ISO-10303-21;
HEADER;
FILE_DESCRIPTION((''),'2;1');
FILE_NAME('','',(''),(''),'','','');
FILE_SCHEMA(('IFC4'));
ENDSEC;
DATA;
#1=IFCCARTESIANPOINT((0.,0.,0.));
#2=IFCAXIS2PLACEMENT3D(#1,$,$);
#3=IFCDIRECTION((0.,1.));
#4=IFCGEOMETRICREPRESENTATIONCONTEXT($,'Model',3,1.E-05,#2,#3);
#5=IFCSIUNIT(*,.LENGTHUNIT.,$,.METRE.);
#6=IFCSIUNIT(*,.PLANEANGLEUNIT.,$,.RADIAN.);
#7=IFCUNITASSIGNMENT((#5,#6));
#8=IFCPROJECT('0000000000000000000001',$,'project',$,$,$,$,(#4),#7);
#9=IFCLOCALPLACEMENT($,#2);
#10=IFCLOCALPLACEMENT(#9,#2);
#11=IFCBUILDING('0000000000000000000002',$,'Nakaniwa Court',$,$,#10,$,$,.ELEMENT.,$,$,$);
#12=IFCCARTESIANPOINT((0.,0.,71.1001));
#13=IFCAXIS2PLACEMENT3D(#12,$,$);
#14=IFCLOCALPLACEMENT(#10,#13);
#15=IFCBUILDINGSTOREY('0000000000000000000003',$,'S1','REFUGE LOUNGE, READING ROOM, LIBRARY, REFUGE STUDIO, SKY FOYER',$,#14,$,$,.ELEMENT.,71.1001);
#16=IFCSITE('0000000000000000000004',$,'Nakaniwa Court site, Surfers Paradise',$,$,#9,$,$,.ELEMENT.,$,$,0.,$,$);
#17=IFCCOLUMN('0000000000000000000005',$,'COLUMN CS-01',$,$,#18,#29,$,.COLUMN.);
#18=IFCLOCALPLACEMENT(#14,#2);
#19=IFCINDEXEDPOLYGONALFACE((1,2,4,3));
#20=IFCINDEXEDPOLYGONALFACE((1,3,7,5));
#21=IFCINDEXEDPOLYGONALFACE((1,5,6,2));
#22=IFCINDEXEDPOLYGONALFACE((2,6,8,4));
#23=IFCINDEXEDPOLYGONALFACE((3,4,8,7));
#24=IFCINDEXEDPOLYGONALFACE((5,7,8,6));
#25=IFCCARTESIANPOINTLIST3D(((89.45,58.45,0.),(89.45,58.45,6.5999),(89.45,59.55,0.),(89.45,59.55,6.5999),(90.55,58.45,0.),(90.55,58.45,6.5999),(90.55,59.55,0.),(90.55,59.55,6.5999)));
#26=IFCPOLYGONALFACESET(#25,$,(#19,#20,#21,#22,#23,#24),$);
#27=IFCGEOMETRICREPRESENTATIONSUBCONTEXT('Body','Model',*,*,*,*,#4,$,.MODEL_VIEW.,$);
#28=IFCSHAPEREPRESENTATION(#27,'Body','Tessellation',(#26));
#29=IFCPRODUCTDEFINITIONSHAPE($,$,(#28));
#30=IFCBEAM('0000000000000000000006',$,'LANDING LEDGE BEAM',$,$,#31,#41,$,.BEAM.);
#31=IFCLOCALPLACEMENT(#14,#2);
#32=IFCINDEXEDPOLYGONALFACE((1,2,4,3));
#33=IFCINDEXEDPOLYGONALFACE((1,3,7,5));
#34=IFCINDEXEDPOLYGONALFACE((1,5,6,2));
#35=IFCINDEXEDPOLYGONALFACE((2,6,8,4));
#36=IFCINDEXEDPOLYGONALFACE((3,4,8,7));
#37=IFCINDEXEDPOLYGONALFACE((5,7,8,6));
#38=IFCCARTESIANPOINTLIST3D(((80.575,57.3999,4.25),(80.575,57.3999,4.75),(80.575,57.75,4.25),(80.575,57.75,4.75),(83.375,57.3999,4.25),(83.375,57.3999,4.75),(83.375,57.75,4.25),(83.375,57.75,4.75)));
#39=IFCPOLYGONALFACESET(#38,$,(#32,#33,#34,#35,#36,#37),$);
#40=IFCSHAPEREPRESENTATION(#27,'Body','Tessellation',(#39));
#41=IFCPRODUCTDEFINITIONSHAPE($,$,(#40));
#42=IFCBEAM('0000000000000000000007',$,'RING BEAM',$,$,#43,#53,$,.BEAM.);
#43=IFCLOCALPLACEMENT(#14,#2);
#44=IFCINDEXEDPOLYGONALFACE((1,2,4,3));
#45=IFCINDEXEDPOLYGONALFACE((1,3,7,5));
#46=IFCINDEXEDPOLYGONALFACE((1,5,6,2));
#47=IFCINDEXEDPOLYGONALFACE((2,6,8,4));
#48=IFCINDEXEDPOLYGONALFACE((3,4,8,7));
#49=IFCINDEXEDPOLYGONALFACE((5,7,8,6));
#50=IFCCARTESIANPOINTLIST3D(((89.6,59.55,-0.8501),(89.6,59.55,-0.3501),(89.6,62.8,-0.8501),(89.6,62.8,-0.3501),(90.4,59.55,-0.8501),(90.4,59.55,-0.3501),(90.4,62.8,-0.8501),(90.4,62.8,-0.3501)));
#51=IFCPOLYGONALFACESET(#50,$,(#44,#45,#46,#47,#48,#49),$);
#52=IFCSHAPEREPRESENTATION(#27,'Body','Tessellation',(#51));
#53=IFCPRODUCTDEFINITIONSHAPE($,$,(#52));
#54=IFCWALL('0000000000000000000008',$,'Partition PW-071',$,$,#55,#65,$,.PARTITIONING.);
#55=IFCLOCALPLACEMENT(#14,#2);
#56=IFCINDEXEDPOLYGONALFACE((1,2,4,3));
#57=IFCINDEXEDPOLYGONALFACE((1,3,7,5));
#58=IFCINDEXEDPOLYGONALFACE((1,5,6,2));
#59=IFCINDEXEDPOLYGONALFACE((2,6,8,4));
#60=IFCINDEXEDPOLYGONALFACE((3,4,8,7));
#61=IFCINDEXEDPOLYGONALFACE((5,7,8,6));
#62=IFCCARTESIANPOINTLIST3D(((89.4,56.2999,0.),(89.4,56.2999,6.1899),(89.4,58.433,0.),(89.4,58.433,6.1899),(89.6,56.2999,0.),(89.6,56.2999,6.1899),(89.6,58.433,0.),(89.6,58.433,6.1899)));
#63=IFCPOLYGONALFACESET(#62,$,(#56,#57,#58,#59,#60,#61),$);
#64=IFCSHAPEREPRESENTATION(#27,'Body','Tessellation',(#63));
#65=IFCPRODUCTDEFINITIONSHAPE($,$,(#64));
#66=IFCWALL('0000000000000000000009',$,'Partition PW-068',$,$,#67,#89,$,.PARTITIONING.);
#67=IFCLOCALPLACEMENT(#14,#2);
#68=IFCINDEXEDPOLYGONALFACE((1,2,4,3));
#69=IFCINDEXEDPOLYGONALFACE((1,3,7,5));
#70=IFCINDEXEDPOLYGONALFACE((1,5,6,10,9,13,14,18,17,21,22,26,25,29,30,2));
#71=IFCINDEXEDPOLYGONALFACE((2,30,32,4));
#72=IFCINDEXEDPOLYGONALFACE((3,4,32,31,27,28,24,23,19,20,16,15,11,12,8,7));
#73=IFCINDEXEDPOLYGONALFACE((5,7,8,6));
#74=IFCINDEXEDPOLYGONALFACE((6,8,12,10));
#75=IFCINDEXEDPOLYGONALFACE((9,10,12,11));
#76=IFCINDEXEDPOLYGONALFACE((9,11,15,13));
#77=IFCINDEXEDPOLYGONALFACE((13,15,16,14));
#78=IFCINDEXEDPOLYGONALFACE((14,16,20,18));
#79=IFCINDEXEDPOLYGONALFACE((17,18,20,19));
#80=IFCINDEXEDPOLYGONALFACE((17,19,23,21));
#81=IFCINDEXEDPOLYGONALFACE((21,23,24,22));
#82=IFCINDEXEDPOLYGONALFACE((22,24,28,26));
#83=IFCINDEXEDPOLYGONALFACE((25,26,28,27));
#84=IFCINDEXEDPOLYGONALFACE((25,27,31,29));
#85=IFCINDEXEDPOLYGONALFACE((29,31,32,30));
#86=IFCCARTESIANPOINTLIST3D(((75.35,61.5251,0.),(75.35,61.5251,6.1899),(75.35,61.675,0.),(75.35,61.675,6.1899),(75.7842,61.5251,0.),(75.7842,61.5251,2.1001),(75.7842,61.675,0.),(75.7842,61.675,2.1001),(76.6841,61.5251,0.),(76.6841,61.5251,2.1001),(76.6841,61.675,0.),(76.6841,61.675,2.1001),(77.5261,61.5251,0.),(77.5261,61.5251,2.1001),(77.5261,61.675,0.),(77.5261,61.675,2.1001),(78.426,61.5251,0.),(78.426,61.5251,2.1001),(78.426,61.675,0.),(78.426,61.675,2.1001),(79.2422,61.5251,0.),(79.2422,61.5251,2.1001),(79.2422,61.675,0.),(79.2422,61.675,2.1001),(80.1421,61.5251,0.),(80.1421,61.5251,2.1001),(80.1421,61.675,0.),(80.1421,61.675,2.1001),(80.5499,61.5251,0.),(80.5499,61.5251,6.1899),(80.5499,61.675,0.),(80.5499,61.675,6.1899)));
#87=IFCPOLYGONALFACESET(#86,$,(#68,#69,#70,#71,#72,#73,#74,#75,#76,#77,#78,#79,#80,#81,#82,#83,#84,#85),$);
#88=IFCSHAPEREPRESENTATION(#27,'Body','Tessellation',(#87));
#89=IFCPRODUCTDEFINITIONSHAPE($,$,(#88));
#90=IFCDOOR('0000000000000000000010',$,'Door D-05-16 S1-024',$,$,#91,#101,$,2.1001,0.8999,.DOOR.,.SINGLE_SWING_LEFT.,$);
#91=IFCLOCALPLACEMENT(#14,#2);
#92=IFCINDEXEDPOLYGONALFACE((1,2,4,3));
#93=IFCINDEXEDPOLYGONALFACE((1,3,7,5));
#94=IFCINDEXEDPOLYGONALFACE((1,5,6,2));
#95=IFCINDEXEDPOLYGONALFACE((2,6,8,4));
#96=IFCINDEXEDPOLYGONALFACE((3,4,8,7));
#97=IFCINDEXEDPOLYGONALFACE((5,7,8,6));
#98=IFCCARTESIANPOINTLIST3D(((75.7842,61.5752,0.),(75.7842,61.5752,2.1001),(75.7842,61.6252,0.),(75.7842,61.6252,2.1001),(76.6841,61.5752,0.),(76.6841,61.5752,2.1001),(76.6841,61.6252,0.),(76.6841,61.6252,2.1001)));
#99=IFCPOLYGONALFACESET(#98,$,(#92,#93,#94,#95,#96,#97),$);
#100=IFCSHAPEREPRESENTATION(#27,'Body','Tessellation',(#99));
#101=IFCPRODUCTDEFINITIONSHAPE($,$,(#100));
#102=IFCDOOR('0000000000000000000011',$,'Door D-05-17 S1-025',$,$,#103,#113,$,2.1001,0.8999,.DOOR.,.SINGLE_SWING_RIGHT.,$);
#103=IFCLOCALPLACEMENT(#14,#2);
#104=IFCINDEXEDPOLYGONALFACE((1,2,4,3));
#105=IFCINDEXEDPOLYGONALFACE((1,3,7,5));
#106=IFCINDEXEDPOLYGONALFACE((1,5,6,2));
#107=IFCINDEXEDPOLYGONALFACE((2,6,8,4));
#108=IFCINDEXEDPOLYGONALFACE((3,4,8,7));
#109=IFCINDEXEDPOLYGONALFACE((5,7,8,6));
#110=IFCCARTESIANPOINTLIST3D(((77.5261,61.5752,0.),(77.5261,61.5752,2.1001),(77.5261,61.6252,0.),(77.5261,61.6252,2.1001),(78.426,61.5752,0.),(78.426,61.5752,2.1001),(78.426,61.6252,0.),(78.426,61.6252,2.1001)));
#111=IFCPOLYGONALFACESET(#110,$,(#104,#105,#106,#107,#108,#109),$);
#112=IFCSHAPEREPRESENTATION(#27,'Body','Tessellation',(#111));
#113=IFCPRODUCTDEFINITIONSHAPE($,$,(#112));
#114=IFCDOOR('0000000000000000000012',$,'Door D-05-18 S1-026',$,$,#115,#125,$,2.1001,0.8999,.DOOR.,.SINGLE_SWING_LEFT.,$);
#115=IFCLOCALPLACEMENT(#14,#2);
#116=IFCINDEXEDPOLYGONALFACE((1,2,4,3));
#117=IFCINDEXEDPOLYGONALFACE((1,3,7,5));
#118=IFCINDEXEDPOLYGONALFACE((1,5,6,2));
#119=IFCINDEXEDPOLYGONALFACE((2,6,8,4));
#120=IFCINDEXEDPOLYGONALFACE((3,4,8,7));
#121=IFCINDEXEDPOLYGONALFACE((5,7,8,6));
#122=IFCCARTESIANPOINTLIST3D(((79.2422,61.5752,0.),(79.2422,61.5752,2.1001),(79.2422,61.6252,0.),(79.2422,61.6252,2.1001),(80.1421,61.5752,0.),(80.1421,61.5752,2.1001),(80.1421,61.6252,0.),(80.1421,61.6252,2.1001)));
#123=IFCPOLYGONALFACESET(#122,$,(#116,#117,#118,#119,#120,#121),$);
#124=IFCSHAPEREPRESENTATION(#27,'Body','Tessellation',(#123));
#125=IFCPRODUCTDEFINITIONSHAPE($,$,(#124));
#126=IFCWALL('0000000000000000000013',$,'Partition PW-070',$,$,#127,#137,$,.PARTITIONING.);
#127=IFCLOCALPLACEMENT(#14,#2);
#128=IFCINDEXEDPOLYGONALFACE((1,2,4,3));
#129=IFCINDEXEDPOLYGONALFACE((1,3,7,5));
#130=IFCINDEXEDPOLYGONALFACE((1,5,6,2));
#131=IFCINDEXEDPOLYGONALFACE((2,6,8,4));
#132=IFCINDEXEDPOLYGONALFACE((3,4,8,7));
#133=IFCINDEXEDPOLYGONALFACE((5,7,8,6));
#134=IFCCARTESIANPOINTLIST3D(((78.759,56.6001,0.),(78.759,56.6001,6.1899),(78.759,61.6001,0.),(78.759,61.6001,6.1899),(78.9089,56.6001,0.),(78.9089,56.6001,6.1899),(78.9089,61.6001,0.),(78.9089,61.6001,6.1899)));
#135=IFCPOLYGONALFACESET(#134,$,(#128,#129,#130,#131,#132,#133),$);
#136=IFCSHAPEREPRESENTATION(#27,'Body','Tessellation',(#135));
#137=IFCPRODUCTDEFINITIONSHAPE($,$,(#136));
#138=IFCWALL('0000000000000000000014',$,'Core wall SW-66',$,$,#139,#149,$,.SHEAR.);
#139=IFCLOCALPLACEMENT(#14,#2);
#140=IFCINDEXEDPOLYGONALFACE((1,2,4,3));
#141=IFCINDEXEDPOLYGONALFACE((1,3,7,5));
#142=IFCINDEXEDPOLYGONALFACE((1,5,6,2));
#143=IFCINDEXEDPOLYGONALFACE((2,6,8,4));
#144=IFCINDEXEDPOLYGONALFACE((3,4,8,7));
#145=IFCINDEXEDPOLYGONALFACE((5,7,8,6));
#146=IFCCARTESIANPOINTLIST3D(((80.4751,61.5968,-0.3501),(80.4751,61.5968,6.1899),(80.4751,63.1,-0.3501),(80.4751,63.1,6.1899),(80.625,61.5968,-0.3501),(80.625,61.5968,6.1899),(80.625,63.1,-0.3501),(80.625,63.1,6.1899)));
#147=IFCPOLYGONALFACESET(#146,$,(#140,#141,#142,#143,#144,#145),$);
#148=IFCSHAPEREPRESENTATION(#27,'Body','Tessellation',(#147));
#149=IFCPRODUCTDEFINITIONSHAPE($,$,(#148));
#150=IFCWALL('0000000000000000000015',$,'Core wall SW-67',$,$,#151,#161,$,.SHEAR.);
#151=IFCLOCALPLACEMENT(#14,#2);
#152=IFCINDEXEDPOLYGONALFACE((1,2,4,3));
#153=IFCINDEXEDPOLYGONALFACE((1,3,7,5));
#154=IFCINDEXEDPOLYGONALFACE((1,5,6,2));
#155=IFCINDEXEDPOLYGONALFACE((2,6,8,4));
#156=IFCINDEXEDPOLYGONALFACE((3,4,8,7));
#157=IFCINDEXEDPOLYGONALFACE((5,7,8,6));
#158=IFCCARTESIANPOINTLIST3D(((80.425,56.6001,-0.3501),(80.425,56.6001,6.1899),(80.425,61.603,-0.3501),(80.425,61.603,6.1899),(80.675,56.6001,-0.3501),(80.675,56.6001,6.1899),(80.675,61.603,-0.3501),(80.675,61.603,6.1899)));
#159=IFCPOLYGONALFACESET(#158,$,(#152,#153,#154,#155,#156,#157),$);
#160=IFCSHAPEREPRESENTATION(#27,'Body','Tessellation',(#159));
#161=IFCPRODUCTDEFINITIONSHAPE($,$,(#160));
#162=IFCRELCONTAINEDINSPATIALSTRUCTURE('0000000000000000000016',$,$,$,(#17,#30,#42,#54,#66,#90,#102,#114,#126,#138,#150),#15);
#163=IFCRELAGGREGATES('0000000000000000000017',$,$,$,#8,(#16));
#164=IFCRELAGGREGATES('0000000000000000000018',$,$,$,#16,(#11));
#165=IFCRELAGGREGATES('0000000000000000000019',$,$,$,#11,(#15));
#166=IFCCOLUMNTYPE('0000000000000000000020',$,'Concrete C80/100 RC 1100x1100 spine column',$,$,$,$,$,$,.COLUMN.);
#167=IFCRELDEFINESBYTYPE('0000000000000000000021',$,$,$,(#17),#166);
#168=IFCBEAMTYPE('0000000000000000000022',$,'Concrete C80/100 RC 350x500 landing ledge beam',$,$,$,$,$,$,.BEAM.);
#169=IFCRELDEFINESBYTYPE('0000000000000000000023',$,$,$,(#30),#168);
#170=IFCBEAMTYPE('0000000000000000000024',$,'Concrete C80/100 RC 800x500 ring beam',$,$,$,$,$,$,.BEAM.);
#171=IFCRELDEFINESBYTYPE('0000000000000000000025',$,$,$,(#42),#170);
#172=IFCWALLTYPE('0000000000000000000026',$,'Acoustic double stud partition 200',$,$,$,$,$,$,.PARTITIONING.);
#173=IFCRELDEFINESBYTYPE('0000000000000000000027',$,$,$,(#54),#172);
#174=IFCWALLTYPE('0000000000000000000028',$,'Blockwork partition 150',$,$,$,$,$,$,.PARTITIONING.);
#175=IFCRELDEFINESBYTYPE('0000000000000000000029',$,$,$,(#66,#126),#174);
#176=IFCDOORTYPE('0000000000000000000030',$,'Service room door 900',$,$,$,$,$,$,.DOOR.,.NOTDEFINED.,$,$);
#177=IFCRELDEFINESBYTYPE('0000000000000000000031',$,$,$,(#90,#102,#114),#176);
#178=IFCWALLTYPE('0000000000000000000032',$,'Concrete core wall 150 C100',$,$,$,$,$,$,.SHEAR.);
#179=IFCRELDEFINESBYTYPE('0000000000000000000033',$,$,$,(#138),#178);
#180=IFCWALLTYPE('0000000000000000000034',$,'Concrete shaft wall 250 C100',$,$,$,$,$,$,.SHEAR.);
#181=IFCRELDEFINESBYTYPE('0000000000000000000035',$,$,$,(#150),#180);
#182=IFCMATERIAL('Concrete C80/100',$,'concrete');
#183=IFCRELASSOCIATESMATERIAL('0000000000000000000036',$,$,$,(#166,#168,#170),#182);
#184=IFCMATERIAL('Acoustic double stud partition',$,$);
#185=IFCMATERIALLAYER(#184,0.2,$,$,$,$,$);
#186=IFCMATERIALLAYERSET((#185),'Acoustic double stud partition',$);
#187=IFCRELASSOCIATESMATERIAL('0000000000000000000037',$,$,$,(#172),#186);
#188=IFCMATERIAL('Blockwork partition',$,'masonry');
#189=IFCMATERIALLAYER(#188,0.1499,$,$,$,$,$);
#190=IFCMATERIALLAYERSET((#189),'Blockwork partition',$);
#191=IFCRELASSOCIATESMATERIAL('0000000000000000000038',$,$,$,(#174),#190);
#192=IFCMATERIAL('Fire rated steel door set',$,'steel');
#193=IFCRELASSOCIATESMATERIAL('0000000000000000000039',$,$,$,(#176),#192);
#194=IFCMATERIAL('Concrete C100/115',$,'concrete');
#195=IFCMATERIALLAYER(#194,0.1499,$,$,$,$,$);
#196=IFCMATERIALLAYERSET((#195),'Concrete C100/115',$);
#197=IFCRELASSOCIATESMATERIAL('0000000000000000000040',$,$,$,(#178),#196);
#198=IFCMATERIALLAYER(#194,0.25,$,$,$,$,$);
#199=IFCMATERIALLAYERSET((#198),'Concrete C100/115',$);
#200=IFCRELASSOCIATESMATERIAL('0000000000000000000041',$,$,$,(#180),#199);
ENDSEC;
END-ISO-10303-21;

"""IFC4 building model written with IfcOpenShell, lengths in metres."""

from ifc_helpers import new_model, si_unit, direction, frame, frame_2d, origin, origin_2d, place, context, subcontext, project, spatial, rectangle, extrude, material, layer, layer_set, material_profile, profile_set, type_object, element, fill, save


model = new_model("IFC4")

# Units and contexts
model_context = context("Model", 3, precision=1e-05, world=origin(), true_north=direction((0.0, 1.0)))
body_context = subcontext(model_context, "Body", "Model", "MODEL_VIEW")
ifc_project = project(units=[si_unit("LENGTHUNIT", "METRE"), si_unit("PLANEANGLEUNIT", "RADIAN")], contexts=[model_context])

# Site, building, storey
site_placement = place(None, origin())
site = spatial("IfcSite", under=ifc_project, at=site_placement, Name="Nakaniwa Court site, Surfers Paradise", CompositionType="ELEMENT", RefElevation=0.0)
building_placement = place(site_placement, origin())
building = spatial("IfcBuilding", under=site, at=building_placement, Name="Nakaniwa Court", CompositionType="ELEMENT")
storey_placement = place(building_placement, frame((0.0, 0.0, 71.1001)))
storey = spatial("IfcBuildingStorey", under=building, at=storey_placement, Name="S1", Description="REFUGE LOUNGE, READING ROOM, LIBRARY, REFUGE STUDIO, SKY FOYER", CompositionType="ELEMENT", Elevation=71.1001)

# Column
ifc_material_1 = material(Name="Concrete C80/100", Category="concrete")
ifc_material_profile_1 = material_profile(ifc_material_1, rectangle(XDim=1.1001, YDim=1.1001, at=origin_2d()), Name="Concrete C80/100 RC 1100x1100 spine column")
ifc_profile_set_1 = profile_set([ifc_material_profile_1], Name="Concrete C80/100")
column_type = type_object("IfcColumnType", Name="Concrete C80/100 RC 1100x1100 spine column", PredefinedType="COLUMN", material=ifc_profile_set_1)
column_placement = place(storey_placement, frame((90.0, 59.0, 0.0), z_axis=(0.0, 0.0, 1.0), x_axis=(0.0, 1.0, 0.0)))
element("IfcColumn", 1, at=column_placement, inside=storey, type_object=column_type, Name="COLUMN CS-01", PredefinedType="COLUMN", context=body_context, shape_type="SweptSolid", body=[
    extrude(rectangle(XDim=1.1001, YDim=1.1001, at=origin_2d()), origin(), (0.0, 0.0, 1.0), 6.5999),
])

# Beams
ifc_material_profile_2 = material_profile(ifc_material_1, rectangle(XDim=0.3501, YDim=0.5, at=origin_2d()), Name="Concrete C80/100 RC 350x500 landing ledge beam")
ifc_profile_set_2 = profile_set([ifc_material_profile_2], Name="Concrete C80/100")
beam_type_1 = type_object("IfcBeamType", Name="Concrete C80/100 RC 350x500 landing ledge beam", PredefinedType="BEAM", material=ifc_profile_set_2)
beam_1_placement = place(storey_placement, frame((80.575, 57.575, 4.5), z_axis=(1.0, 0.0, 0.0), x_axis=(0.0, 1.0, 0.0)))
element("IfcBeam", 2, at=beam_1_placement, inside=storey, type_object=beam_type_1, Name="LANDING LEDGE BEAM", PredefinedType="BEAM", context=body_context, shape_type="SweptSolid", body=[
    extrude(rectangle(XDim=0.3501, YDim=0.5, at=origin_2d()), origin(), (0.0, 0.0, 1.0), 2.8),
])
ifc_material_profile_3 = material_profile(ifc_material_1, rectangle(XDim=0.8, YDim=0.5, at=origin_2d()), Name="Concrete C80/100 RC 800x500 ring beam")
ifc_profile_set_3 = profile_set([ifc_material_profile_3], Name="Concrete C80/100")
beam_type_2 = type_object("IfcBeamType", Name="Concrete C80/100 RC 800x500 ring beam", PredefinedType="BEAM", material=ifc_profile_set_3)
beam_2_placement = place(storey_placement, frame((90.0, 59.55, -0.6001), z_axis=(0.0, 1.0, 0.0), x_axis=(-1.0, 0.0, 0.0)))
element("IfcBeam", 3, at=beam_2_placement, inside=storey, type_object=beam_type_2, Name="RING BEAM", PredefinedType="BEAM", context=body_context, shape_type="SweptSolid", body=[
    extrude(rectangle(XDim=0.8, YDim=0.5, at=origin_2d()), origin(), (0.0, 0.0, 1.0), 3.25),
])

# Wall
ifc_material_2 = material(Name="Acoustic double stud partition")
ifc_layer_1 = layer(ifc_material_2, 0.2)
ifc_layer_set_1 = layer_set([ifc_layer_1], Name="Acoustic double stud partition")
wall_type_1 = type_object("IfcWallType", Name="Acoustic double stud partition 200", PredefinedType="PARTITIONING", material=ifc_layer_set_1)
wall_1_placement = place(storey_placement, frame((89.5, 56.3, 0.0), z_axis=(0.0, 0.0, 1.0), x_axis=(0.0, 1.0, 0.0)))
element("IfcWall", 4, at=wall_1_placement, inside=storey, type_object=wall_type_1, Name="Partition PW-071", PredefinedType="PARTITIONING", context=body_context, shape_type="SweptSolid", body=[
    extrude(rectangle(XDim=2.1331, YDim=0.2, at=frame_2d((1.0664, 0.0))), origin(), (0.0, 0.0, 1.0), 6.1899),
])

# Wall, openings, doors
ifc_material_3 = material(Name="Blockwork partition", Category="masonry")
ifc_layer_2 = layer(ifc_material_3, 0.1499)
ifc_layer_set_2 = layer_set([ifc_layer_2], Name="Blockwork partition")
wall_type_2 = type_object("IfcWallType", Name="Blockwork partition 150", PredefinedType="PARTITIONING", material=ifc_layer_set_2)
wall_2_placement = place(storey_placement, frame((80.55, 61.6001, 0.0), z_axis=(0.0, 0.0, 1.0), x_axis=(-1.0, 0.0, 0.0)))
wall_2 = element("IfcWall", 5, at=wall_2_placement, inside=storey, type_object=wall_type_2, Name="Partition PW-068", PredefinedType="PARTITIONING", context=body_context, shape_type="SweptSolid", body=[
    extrude(rectangle(XDim=5.2, YDim=0.1499, at=frame_2d((2.6001, 0.0))), origin(), (0.0, 0.0, 1.0), 6.1899),
])
opening_1_placement = place(wall_2_placement, frame((3.866, 0.0, 0.0)))
opening_1 = element("IfcOpeningElement", 6, at=opening_1_placement, cuts=wall_2, PredefinedType="OPENING", context=body_context, shape_type="SweptSolid", body=[
    extrude(rectangle(XDim=0.8999, YDim=2.1001, at=frame_2d((0.45, 1.05))), frame((0.0, 0.085, 0.0), z_axis=(0.0, -1.0, 0.0), x_axis=(1.0, 0.0, 0.0)), (0.0, 0.0, 1.0), 0.1699),
])
opening_2_placement = place(wall_2_placement, frame((2.124, 0.0, 0.0)))
opening_2 = element("IfcOpeningElement", 7, at=opening_2_placement, cuts=wall_2, PredefinedType="OPENING", context=body_context, shape_type="SweptSolid", body=[
    extrude(rectangle(XDim=0.8999, YDim=2.1001, at=frame_2d((0.45, 1.05))), frame((0.0, 0.085, 0.0), z_axis=(0.0, -1.0, 0.0), x_axis=(1.0, 0.0, 0.0)), (0.0, 0.0, 1.0), 0.1699),
])
opening_3_placement = place(wall_2_placement, frame((0.408, 0.0, 0.0)))
opening_3 = element("IfcOpeningElement", 8, at=opening_3_placement, cuts=wall_2, PredefinedType="OPENING", context=body_context, shape_type="SweptSolid", body=[
    extrude(rectangle(XDim=0.8999, YDim=2.1001, at=frame_2d((0.45, 1.05))), frame((0.0, 0.085, 0.0), z_axis=(0.0, -1.0, 0.0), x_axis=(1.0, 0.0, 0.0)), (0.0, 0.0, 1.0), 0.1699),
])
ifc_material_4 = material(Name="Fire rated steel door set", Category="steel")
door_type = type_object("IfcDoorType", Name="Service room door 900", OperationType="NOTDEFINED", PredefinedType="DOOR", material=ifc_material_4)
door_1_placement = place(opening_1_placement, origin())
door_1 = element("IfcDoor", 9, at=door_1_placement, inside=storey, type_object=door_type, Name="Door D-05-16 S1-024", OperationType="SINGLE_SWING_LEFT", OverallHeight=2.1001, OverallWidth=0.8999, PredefinedType="DOOR", context=body_context, shape_type="SweptSolid", body=[
    extrude(rectangle(XDim=0.8999, YDim=2.1001, at=frame_2d((0.45, 1.05))), frame((0.0, 0.0249, 0.0), z_axis=(0.0, -1.0, 0.0), x_axis=(1.0, 0.0, 0.0)), (0.0, 0.0, 1.0), 0.05),
])
fill(opening_1, door_1)
door_2_placement = place(opening_2_placement, origin())
door_2 = element("IfcDoor", 10, at=door_2_placement, inside=storey, type_object=door_type, Name="Door D-05-17 S1-025", OperationType="SINGLE_SWING_RIGHT", OverallHeight=2.1001, OverallWidth=0.8999, PredefinedType="DOOR", context=body_context, shape_type="SweptSolid", body=[
    extrude(rectangle(XDim=0.8999, YDim=2.1001, at=frame_2d((0.45, 1.05))), frame((0.0, 0.0249, 0.0), z_axis=(0.0, -1.0, 0.0), x_axis=(1.0, 0.0, 0.0)), (0.0, 0.0, 1.0), 0.05),
])
fill(opening_2, door_2)
door_3_placement = place(opening_3_placement, origin())
door_3 = element("IfcDoor", 11, at=door_3_placement, inside=storey, type_object=door_type, Name="Door D-05-18 S1-026", OperationType="SINGLE_SWING_LEFT", OverallHeight=2.1001, OverallWidth=0.8999, PredefinedType="DOOR", context=body_context, shape_type="SweptSolid", body=[
    extrude(rectangle(XDim=0.8999, YDim=2.1001, at=frame_2d((0.45, 1.05))), frame((0.0, 0.0249, 0.0), z_axis=(0.0, -1.0, 0.0), x_axis=(1.0, 0.0, 0.0)), (0.0, 0.0, 1.0), 0.05),
])
fill(opening_3, door_3)

# Walls
wall_3_placement = place(storey_placement, frame((78.834, 56.6001, 0.0), z_axis=(0.0, 0.0, 1.0), x_axis=(0.0, 1.0, 0.0)))
element("IfcWall", 12, at=wall_3_placement, inside=storey, type_object=wall_type_2, Name="Partition PW-070", PredefinedType="PARTITIONING", context=body_context, shape_type="SweptSolid", body=[
    extrude(rectangle(XDim=5.0, YDim=0.1499, at=frame_2d((2.5, 0.0))), origin(), (0.0, 0.0, 1.0), 6.1899),
])
ifc_material_5 = material(Name="Concrete C100/115", Category="concrete")
ifc_layer_3 = layer(ifc_material_5, 0.1499)
ifc_layer_set_3 = layer_set([ifc_layer_3], Name="Concrete C100/115")
wall_type_3 = type_object("IfcWallType", Name="Concrete core wall 150 C100", PredefinedType="SHEAR", material=ifc_layer_set_3)
wall_4_placement = place(storey_placement, frame((80.55, 61.5969, -0.3501), z_axis=(0.0, 0.0, 1.0), x_axis=(0.0, 1.0, 0.0)))
element("IfcWall", 13, at=wall_4_placement, inside=storey, type_object=wall_type_3, Name="Core wall SW-66", PredefinedType="SHEAR", context=body_context, shape_type="SweptSolid", body=[
    extrude(rectangle(XDim=1.5032, YDim=0.1499, at=frame_2d((0.7515, 0.0))), origin(), (0.0, 0.0, 1.0), 6.54),
])
ifc_layer_4 = layer(ifc_material_5, 0.25)
ifc_layer_set_4 = layer_set([ifc_layer_4], Name="Concrete C100/115")
wall_type_4 = type_object("IfcWallType", Name="Concrete shaft wall 250 C100", PredefinedType="SHEAR", material=ifc_layer_set_4)
wall_5_placement = place(storey_placement, frame((80.55, 56.6001, -0.3501), z_axis=(0.0, 0.0, 1.0), x_axis=(0.0, 1.0, 0.0)))
element("IfcWall", 14, at=wall_5_placement, inside=storey, type_object=wall_type_4, Name="Core wall SW-67", PredefinedType="SHEAR", context=body_context, shape_type="SweptSolid", body=[
    extrude(rectangle(XDim=5.0029, YDim=0.25, at=frame_2d((2.5015, 0.0))), origin(), (0.0, 0.0, 1.0), 6.54),
])

save(model, "model.ifc")
